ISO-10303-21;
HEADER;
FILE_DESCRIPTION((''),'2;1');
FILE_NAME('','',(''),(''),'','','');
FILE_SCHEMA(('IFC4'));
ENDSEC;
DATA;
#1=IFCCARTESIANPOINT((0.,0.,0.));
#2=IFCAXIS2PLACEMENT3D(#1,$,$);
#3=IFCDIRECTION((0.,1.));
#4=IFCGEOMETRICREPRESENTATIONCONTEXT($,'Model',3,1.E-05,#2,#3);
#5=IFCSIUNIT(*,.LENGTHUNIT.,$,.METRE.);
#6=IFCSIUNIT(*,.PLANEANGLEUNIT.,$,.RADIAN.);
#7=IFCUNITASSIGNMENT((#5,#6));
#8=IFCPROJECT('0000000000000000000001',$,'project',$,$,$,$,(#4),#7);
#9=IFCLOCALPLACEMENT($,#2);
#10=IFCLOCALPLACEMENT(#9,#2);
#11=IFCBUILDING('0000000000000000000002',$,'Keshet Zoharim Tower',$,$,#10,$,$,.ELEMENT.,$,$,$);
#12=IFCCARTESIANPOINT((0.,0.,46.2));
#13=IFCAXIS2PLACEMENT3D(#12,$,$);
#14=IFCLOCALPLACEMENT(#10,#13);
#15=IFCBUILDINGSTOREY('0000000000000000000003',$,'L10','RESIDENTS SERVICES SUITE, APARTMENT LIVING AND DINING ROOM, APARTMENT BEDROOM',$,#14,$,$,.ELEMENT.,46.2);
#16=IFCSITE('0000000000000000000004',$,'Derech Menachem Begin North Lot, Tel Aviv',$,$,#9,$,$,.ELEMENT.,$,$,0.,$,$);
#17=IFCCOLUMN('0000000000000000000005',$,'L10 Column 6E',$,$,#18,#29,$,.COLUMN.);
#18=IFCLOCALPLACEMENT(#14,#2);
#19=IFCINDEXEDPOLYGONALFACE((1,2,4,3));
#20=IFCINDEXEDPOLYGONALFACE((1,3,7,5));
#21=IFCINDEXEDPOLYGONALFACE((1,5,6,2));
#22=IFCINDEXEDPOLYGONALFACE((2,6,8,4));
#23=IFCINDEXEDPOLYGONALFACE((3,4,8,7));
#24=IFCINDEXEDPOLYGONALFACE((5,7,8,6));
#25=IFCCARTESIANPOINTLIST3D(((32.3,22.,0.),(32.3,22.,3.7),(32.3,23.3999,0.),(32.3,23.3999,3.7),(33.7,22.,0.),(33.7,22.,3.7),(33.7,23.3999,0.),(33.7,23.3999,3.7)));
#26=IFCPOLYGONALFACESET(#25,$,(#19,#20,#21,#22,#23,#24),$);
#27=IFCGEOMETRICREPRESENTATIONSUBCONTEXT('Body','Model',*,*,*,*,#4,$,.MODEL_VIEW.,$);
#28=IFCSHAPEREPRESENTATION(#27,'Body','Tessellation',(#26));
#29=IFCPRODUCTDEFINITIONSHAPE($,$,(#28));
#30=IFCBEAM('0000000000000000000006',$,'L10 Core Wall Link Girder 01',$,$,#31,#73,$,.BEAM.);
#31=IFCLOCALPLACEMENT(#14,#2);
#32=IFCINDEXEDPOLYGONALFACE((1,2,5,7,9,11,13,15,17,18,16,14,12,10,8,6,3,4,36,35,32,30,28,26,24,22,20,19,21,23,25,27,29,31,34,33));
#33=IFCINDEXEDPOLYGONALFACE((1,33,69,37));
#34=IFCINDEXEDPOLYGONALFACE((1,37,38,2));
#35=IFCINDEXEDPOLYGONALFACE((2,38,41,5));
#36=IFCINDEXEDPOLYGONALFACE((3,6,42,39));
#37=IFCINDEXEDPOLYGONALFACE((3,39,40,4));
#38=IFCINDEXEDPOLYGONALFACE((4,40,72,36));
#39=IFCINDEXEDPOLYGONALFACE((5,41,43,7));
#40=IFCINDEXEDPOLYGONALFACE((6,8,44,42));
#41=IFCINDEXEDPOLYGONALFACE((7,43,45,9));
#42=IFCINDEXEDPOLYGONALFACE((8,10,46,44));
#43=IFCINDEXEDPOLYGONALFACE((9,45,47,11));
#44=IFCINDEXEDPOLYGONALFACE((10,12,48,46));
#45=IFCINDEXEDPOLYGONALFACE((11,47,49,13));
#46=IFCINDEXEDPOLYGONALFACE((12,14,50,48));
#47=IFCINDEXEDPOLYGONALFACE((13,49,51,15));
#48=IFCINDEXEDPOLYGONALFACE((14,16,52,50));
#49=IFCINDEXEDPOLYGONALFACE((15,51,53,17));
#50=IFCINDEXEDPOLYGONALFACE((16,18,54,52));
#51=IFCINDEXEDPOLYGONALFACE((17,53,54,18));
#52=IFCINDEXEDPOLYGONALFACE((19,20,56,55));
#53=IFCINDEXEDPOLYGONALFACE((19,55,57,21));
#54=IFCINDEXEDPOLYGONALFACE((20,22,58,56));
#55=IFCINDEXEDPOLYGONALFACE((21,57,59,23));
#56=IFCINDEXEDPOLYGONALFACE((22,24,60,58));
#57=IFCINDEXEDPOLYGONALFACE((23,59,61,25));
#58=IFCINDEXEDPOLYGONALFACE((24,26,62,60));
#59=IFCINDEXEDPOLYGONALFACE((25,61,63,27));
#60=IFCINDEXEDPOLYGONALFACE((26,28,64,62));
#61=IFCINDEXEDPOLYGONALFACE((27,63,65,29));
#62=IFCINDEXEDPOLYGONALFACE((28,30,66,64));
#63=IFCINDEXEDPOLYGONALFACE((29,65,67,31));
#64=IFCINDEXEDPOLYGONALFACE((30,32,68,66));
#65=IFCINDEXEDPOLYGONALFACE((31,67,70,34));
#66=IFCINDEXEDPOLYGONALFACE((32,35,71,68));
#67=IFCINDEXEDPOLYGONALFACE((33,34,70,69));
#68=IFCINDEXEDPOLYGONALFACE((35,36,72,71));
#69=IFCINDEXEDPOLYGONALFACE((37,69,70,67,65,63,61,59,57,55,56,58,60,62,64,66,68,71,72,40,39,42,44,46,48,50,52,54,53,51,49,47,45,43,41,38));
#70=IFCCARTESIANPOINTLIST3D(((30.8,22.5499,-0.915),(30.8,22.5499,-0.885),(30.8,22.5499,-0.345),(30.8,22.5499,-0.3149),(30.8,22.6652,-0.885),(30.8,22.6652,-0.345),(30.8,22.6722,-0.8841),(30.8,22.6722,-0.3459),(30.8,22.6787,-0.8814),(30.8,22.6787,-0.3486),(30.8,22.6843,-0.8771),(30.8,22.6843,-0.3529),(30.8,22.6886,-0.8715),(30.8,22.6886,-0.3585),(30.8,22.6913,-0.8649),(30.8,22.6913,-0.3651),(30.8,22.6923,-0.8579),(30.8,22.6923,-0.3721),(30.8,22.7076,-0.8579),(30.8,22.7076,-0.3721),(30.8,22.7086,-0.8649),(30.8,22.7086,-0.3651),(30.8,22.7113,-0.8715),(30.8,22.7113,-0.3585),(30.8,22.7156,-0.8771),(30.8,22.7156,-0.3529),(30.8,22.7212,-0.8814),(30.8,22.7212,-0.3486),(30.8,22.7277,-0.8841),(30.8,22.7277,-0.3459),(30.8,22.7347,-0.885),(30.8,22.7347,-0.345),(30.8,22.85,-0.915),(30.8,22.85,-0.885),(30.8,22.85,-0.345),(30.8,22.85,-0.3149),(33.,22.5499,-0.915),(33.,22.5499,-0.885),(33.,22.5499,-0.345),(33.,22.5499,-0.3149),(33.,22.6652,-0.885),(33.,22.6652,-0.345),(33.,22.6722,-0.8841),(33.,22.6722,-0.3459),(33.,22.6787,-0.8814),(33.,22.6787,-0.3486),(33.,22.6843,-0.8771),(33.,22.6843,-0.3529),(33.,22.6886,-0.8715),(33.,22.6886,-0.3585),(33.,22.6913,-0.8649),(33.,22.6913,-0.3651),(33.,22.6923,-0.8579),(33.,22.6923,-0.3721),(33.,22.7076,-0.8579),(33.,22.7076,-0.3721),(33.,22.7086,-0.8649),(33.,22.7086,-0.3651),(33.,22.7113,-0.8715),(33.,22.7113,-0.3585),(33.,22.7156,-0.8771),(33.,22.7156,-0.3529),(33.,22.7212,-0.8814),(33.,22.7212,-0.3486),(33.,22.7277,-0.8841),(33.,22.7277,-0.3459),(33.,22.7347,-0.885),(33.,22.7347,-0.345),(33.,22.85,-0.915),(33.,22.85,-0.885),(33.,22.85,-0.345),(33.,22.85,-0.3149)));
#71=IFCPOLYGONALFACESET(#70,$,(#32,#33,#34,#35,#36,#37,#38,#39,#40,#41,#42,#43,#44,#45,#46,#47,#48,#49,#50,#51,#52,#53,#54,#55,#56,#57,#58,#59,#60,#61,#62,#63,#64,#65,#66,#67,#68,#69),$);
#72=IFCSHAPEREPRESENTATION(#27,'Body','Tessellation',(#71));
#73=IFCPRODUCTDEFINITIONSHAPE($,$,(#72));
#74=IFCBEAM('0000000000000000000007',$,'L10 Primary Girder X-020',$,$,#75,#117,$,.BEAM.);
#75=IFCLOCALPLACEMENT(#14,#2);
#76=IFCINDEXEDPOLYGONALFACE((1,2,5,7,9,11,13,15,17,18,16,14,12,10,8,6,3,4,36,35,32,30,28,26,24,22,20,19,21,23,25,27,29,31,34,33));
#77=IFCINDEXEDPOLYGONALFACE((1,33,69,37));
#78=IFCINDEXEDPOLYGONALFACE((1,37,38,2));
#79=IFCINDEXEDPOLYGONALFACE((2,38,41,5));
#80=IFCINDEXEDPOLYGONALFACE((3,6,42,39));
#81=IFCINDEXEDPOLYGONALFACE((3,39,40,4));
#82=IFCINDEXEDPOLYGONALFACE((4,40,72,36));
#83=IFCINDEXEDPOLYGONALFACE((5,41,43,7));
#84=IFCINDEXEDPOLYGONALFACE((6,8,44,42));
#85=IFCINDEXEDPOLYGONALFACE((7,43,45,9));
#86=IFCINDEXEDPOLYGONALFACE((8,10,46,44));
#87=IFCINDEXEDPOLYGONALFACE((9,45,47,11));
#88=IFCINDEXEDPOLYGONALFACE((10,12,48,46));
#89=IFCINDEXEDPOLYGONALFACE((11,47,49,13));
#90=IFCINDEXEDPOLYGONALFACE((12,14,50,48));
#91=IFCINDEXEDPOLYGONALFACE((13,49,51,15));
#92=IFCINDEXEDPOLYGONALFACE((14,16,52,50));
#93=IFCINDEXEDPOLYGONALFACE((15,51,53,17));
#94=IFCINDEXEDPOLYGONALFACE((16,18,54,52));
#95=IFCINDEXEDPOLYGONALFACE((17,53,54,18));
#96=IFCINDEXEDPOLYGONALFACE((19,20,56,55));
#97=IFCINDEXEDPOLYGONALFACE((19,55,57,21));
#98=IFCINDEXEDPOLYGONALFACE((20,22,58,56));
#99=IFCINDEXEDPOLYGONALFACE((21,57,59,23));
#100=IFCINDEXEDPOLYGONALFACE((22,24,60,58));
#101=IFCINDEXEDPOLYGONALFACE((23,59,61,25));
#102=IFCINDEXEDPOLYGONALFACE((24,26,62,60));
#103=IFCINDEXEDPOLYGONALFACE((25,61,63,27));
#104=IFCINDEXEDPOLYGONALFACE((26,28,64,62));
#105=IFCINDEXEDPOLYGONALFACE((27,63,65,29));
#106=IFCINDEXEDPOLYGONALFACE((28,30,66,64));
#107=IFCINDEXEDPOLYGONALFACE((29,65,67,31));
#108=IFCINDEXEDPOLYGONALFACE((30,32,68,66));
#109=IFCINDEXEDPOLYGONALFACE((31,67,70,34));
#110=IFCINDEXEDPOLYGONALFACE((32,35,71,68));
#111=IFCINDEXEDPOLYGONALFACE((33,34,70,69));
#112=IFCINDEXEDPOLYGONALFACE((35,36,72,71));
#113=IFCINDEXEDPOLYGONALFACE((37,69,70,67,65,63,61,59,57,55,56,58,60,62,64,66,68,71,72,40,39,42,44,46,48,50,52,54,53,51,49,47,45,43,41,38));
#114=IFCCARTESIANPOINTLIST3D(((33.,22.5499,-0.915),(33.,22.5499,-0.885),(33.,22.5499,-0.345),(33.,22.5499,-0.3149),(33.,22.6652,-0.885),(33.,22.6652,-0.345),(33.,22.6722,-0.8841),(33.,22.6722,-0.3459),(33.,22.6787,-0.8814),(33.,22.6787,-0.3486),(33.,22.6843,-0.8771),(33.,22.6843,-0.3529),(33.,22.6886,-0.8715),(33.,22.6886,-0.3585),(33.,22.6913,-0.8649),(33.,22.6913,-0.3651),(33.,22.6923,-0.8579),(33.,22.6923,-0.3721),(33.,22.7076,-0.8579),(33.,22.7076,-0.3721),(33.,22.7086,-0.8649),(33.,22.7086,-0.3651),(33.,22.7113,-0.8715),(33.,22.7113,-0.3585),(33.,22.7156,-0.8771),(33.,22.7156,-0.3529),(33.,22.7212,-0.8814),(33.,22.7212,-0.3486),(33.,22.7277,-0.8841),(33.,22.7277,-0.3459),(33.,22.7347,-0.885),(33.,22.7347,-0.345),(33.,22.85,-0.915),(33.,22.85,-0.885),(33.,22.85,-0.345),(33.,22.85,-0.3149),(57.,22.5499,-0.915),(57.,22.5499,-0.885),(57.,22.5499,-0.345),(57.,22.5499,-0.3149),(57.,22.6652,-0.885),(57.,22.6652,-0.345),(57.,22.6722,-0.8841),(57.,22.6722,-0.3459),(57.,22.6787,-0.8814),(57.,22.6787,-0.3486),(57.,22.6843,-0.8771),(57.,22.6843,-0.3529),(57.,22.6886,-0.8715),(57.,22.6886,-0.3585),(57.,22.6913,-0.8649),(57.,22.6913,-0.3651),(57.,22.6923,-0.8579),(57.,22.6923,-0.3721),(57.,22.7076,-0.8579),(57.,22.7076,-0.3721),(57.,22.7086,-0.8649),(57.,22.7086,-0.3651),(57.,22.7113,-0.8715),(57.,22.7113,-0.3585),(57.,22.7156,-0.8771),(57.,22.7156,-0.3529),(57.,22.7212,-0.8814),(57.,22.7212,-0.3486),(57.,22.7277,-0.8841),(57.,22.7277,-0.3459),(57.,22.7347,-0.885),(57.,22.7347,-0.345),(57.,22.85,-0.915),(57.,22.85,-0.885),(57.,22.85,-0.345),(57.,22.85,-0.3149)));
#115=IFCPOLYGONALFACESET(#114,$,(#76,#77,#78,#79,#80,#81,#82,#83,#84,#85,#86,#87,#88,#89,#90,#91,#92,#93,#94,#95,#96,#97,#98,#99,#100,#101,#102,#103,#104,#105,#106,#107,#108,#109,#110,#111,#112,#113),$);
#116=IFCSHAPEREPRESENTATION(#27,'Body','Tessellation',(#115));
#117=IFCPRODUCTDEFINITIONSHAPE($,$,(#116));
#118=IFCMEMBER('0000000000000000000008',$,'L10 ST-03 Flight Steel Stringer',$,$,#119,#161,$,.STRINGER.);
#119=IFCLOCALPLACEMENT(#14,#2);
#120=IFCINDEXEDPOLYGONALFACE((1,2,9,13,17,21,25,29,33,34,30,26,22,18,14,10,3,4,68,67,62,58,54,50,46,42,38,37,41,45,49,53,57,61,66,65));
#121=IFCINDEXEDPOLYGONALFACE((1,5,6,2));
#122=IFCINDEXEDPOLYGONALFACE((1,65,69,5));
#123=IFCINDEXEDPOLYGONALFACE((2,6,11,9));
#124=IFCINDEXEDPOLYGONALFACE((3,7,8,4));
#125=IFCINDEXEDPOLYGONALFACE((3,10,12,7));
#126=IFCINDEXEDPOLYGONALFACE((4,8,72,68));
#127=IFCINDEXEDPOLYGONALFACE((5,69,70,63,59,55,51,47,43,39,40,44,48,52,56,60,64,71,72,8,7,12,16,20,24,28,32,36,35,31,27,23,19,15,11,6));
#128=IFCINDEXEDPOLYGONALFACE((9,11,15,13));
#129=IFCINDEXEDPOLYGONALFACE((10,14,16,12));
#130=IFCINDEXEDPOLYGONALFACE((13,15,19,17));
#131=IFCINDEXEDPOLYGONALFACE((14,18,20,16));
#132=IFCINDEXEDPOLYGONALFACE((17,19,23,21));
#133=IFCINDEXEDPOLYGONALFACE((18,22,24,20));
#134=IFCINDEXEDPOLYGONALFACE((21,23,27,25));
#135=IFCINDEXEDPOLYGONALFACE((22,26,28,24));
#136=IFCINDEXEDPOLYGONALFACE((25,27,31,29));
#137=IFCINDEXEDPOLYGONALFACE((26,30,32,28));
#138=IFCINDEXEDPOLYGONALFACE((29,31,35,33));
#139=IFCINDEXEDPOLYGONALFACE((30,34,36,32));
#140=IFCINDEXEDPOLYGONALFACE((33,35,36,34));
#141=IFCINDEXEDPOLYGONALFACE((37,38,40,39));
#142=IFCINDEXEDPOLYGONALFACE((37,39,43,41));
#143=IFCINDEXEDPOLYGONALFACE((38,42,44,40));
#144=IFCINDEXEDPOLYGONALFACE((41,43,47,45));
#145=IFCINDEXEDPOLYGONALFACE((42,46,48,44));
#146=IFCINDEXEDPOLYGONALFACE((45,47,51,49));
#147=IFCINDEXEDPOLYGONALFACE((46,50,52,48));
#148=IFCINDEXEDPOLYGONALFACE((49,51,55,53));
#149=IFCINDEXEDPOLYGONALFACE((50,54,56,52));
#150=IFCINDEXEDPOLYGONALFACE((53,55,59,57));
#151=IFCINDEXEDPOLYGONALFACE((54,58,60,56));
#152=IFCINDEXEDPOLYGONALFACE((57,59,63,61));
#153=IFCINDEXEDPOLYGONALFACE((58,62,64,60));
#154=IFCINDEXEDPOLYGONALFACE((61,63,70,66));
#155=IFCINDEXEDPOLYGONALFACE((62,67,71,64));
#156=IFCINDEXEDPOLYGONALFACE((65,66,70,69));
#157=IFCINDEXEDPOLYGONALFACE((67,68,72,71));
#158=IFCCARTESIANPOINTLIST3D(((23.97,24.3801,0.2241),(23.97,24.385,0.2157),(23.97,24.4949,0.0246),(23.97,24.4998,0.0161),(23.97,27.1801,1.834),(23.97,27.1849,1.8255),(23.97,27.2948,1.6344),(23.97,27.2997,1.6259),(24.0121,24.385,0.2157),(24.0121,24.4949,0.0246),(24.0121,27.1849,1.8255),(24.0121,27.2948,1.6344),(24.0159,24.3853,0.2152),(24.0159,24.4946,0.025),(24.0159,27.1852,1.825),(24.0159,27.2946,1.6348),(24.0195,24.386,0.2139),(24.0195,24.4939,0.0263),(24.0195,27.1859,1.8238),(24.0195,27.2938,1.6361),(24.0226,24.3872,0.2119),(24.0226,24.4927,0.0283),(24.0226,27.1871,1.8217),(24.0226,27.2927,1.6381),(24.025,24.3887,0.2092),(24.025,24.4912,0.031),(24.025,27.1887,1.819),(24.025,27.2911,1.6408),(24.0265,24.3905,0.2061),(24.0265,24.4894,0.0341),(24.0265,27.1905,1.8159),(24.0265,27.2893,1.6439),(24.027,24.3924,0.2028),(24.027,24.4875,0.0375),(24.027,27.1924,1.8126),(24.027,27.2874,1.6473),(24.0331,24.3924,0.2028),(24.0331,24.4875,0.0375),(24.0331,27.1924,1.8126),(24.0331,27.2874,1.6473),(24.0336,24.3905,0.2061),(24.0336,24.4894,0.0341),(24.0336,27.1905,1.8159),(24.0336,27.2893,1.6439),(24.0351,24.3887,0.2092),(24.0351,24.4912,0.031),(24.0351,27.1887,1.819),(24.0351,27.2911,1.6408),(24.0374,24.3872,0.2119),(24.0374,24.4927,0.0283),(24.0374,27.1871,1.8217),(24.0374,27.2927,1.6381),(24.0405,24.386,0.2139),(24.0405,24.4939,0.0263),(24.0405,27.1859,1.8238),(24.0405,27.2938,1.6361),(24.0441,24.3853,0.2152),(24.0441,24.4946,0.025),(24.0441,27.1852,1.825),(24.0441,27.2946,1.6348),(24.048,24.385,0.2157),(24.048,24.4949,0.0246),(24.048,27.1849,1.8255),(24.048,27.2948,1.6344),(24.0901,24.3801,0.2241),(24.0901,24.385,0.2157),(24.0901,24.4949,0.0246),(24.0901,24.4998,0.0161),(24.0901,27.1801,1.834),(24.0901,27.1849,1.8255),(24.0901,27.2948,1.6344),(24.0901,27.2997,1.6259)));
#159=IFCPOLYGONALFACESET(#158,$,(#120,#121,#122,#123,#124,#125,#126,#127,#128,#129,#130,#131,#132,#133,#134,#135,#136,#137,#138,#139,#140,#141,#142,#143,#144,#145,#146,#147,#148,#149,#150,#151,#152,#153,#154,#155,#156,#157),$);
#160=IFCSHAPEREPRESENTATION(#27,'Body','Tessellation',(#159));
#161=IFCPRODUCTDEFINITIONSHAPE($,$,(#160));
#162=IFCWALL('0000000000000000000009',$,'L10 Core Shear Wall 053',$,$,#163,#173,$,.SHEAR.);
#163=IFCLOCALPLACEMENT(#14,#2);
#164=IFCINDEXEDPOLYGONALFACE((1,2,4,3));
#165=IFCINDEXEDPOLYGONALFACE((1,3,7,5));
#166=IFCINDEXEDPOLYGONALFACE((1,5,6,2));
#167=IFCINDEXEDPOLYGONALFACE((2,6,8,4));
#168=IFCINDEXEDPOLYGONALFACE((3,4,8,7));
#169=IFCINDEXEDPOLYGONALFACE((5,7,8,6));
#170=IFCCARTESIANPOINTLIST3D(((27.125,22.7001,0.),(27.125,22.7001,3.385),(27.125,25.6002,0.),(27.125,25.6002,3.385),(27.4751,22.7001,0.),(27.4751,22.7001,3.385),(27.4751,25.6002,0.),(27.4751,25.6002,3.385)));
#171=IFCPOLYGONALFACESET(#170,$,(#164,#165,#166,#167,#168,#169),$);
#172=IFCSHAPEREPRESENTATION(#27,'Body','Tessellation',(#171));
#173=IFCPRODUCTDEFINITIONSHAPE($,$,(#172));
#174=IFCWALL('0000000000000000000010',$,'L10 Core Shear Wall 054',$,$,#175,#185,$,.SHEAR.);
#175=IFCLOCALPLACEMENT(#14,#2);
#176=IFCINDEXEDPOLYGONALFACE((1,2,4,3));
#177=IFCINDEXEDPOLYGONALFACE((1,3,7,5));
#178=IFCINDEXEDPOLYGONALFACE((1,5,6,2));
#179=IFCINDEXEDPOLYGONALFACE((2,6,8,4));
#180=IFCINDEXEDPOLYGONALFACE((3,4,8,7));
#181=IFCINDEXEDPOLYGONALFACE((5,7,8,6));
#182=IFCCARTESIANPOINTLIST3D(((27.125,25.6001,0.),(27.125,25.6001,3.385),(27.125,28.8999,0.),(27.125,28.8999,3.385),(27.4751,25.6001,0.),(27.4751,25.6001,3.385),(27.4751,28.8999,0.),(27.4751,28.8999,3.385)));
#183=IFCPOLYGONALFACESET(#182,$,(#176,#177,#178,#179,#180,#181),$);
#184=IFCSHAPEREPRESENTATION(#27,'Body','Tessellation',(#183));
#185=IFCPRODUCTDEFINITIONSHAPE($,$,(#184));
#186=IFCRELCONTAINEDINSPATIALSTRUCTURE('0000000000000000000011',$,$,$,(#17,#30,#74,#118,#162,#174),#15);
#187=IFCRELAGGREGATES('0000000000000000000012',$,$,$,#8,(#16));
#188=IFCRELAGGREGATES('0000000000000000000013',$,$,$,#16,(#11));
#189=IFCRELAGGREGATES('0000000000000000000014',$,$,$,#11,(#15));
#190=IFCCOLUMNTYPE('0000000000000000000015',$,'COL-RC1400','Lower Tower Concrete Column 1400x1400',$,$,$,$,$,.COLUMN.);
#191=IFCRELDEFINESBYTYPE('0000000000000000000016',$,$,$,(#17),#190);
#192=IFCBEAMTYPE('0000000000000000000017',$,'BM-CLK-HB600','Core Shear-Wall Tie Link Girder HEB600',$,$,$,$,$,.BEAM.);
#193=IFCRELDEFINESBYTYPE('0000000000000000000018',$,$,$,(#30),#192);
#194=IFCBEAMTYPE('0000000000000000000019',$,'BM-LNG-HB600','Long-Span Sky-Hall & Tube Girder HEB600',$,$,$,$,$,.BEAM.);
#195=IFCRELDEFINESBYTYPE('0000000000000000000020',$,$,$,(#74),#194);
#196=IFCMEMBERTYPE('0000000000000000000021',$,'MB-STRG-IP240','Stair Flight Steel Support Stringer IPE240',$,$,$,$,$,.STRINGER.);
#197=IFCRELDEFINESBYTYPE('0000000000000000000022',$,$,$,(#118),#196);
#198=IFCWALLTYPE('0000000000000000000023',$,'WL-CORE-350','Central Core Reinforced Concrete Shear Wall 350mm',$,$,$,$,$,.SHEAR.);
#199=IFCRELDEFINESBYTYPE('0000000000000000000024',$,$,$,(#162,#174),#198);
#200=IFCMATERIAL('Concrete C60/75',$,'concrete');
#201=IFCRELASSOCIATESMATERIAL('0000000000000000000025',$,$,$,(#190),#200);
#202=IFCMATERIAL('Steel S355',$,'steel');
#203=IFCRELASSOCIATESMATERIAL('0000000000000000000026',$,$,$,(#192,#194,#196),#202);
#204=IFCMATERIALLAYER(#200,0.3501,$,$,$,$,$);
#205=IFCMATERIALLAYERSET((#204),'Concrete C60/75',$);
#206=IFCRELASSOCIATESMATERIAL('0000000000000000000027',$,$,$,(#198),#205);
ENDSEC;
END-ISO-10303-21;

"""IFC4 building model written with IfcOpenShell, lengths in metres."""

from ifc_helpers import new_model, si_unit, direction, frame, frame_2d, origin, origin_2d, place, context, subcontext, project, spatial, rectangle, i_section, extrude, material, layer, layer_set, material_profile, profile_set, type_object, element, save


model = new_model("IFC4")

# Units and contexts
model_context = context("Model", 3, precision=1e-05, world=origin(), true_north=direction((0.0, 1.0)))
body_context = subcontext(model_context, "Body", "Model", "MODEL_VIEW")
ifc_project = project(units=[si_unit("LENGTHUNIT", "METRE"), si_unit("PLANEANGLEUNIT", "RADIAN")], contexts=[model_context])

# Site, building, storey
site_placement = place(None, origin())
site = spatial("IfcSite", under=ifc_project, at=site_placement, Name="Derech Menachem Begin North Lot, Tel Aviv", CompositionType="ELEMENT", RefElevation=0.0)
building_placement = place(site_placement, origin())
building = spatial("IfcBuilding", under=site, at=building_placement, Name="Keshet Zoharim Tower", CompositionType="ELEMENT")
storey_placement = place(building_placement, frame((0.0, 0.0, 46.2)))
storey = spatial("IfcBuildingStorey", under=building, at=storey_placement, Name="L10", Description="RESIDENTS SERVICES SUITE, APARTMENT LIVING AND DINING ROOM, APARTMENT BEDROOM", CompositionType="ELEMENT", Elevation=46.2)

# Column
ifc_material_1 = material(Name="Concrete C60/75", Category="concrete")
ifc_material_profile_1 = material_profile(ifc_material_1, rectangle(XDim=1.3999, YDim=1.3999, at=origin_2d()), Name="RC1400x1400")
ifc_profile_set_1 = profile_set([ifc_material_profile_1], Name="Concrete C60/75")
column_type = type_object("IfcColumnType", Name="COL-RC1400", Description="Lower Tower Concrete Column 1400x1400", PredefinedType="COLUMN", material=ifc_profile_set_1)
column_placement = place(storey_placement, frame((33.0, 22.7, 0.0), z_axis=(0.0, 0.0, 1.0), x_axis=(1.0, 0.0, 0.0)))
element("IfcColumn", 1, at=column_placement, inside=storey, type_object=column_type, Name="L10 Column 6E", PredefinedType="COLUMN", context=body_context, shape_type="SweptSolid", body=[
    extrude(rectangle(XDim=1.3999, YDim=1.3999, at=origin_2d()), origin(), (0.0, 0.0, 1.0), 3.7),
])

# Beams
ifc_material_2 = material(Name="Steel S355", Category="steel")
ifc_material_profile_2 = material_profile(ifc_material_2, i_section(OverallWidth=0.3, OverallDepth=0.6001, WebThickness=0.0154, FlangeThickness=0.03, FilletRadius=0.0271, at=origin_2d()), Name="HEB600")
ifc_profile_set_2 = profile_set([ifc_material_profile_2], Name="Steel S355")
beam_type_1 = type_object("IfcBeamType", Name="BM-CLK-HB600", Description="Core Shear-Wall Tie Link Girder HEB600", PredefinedType="BEAM", material=ifc_profile_set_2)
beam_1_placement = place(storey_placement, frame((30.8, 22.7, -0.615), z_axis=(1.0, 0.0, 0.0), x_axis=(0.0, 1.0, 0.0)))
element("IfcBeam", 2, at=beam_1_placement, inside=storey, type_object=beam_type_1, Name="L10 Core Wall Link Girder 01", PredefinedType="BEAM", context=body_context, shape_type="SweptSolid", body=[
    extrude(i_section(OverallWidth=0.3, OverallDepth=0.6001, WebThickness=0.0154, FlangeThickness=0.03, FilletRadius=0.0271, at=origin_2d()), origin(), (0.0, 0.0, 1.0), 2.2),
])
ifc_material_profile_3 = material_profile(ifc_material_2, i_section(OverallWidth=0.3, OverallDepth=0.6001, WebThickness=0.0154, FlangeThickness=0.03, FilletRadius=0.0271, at=origin_2d()), Name="HEB600")
ifc_profile_set_3 = profile_set([ifc_material_profile_3], Name="Steel S355")
beam_type_2 = type_object("IfcBeamType", Name="BM-LNG-HB600", Description="Long-Span Sky-Hall & Tube Girder HEB600", PredefinedType="BEAM", material=ifc_profile_set_3)
beam_2_placement = place(storey_placement, frame((33.0, 22.7, -0.615), z_axis=(1.0, 0.0, 0.0), x_axis=(0.0, 1.0, 0.0)))
element("IfcBeam", 3, at=beam_2_placement, inside=storey, type_object=beam_type_2, Name="L10 Primary Girder X-020", PredefinedType="BEAM", context=body_context, shape_type="SweptSolid", body=[
    extrude(i_section(OverallWidth=0.3, OverallDepth=0.6001, WebThickness=0.0154, FlangeThickness=0.03, FilletRadius=0.0271, at=origin_2d()), origin(), (0.0, 0.0, 1.0), 24.0),
])

# Member
ifc_material_profile_4 = material_profile(ifc_material_2, i_section(OverallWidth=0.1201, OverallDepth=0.24, WebThickness=0.0061, FlangeThickness=0.0098, FilletRadius=0.0149, at=origin_2d()), Name="IPE240")
ifc_profile_set_4 = profile_set([ifc_material_profile_4], Name="Steel S355")
member_type = type_object("IfcMemberType", Name="MB-STRG-IP240", Description="Stair Flight Steel Support Stringer IPE240", PredefinedType="STRINGER", material=ifc_profile_set_4)
member_placement = place(storey_placement, frame((24.03, 24.4399, 0.1201), z_axis=(0.0, 0.866928, 0.498433), x_axis=(-1.0, 0.0, 0.0)))
element("IfcMember", 4, at=member_placement, inside=storey, type_object=member_type, Name="L10 ST-03 Flight Steel Stringer", PredefinedType="STRINGER", context=body_context, shape_type="SweptSolid", body=[
    extrude(i_section(OverallWidth=0.1201, OverallDepth=0.24, WebThickness=0.0061, FlangeThickness=0.0098, FilletRadius=0.0149, at=origin_2d()), origin(), (0.0, 0.0, 1.0), 3.2297),
])

# Shared definitions
ifc_layer_1 = layer(ifc_material_1, 0.3501)
ifc_layer_set_1 = layer_set([ifc_layer_1], Name="Concrete C60/75")
wall_type_1 = type_object("IfcWallType", Name="WL-CORE-350", Description="Central Core Reinforced Concrete Shear Wall 350mm", PredefinedType="SHEAR", material=ifc_layer_set_1)

# Walls
wall_1_placement = place(storey_placement, frame((27.3, 22.7, 0.0), z_axis=(0.0, 0.0, 1.0), x_axis=(0.0, 1.0, 0.0)))
element("IfcWall", 5, at=wall_1_placement, inside=storey, type_object=wall_type_1, Name="L10 Core Shear Wall 053", PredefinedType="SHEAR", context=body_context, shape_type="SweptSolid", body=[
    extrude(rectangle(XDim=2.9001, YDim=0.3501, at=frame_2d((1.4502, 0.0))), origin(), (0.0, 0.0, 1.0), 3.385),
])
wall_2_placement = place(storey_placement, frame((27.3, 25.6001, 0.0), z_axis=(0.0, 0.0, 1.0), x_axis=(0.0, 1.0, 0.0)))
element("IfcWall", 6, at=wall_2_placement, inside=storey, type_object=wall_type_1, Name="L10 Core Shear Wall 054", PredefinedType="SHEAR", context=body_context, shape_type="SweptSolid", body=[
    extrude(rectangle(XDim=3.2998, YDim=0.3501, at=frame_2d((1.6499, 0.0))), origin(), (0.0, 0.0, 1.0), 3.385),
])

save(model, "model.ifc")
